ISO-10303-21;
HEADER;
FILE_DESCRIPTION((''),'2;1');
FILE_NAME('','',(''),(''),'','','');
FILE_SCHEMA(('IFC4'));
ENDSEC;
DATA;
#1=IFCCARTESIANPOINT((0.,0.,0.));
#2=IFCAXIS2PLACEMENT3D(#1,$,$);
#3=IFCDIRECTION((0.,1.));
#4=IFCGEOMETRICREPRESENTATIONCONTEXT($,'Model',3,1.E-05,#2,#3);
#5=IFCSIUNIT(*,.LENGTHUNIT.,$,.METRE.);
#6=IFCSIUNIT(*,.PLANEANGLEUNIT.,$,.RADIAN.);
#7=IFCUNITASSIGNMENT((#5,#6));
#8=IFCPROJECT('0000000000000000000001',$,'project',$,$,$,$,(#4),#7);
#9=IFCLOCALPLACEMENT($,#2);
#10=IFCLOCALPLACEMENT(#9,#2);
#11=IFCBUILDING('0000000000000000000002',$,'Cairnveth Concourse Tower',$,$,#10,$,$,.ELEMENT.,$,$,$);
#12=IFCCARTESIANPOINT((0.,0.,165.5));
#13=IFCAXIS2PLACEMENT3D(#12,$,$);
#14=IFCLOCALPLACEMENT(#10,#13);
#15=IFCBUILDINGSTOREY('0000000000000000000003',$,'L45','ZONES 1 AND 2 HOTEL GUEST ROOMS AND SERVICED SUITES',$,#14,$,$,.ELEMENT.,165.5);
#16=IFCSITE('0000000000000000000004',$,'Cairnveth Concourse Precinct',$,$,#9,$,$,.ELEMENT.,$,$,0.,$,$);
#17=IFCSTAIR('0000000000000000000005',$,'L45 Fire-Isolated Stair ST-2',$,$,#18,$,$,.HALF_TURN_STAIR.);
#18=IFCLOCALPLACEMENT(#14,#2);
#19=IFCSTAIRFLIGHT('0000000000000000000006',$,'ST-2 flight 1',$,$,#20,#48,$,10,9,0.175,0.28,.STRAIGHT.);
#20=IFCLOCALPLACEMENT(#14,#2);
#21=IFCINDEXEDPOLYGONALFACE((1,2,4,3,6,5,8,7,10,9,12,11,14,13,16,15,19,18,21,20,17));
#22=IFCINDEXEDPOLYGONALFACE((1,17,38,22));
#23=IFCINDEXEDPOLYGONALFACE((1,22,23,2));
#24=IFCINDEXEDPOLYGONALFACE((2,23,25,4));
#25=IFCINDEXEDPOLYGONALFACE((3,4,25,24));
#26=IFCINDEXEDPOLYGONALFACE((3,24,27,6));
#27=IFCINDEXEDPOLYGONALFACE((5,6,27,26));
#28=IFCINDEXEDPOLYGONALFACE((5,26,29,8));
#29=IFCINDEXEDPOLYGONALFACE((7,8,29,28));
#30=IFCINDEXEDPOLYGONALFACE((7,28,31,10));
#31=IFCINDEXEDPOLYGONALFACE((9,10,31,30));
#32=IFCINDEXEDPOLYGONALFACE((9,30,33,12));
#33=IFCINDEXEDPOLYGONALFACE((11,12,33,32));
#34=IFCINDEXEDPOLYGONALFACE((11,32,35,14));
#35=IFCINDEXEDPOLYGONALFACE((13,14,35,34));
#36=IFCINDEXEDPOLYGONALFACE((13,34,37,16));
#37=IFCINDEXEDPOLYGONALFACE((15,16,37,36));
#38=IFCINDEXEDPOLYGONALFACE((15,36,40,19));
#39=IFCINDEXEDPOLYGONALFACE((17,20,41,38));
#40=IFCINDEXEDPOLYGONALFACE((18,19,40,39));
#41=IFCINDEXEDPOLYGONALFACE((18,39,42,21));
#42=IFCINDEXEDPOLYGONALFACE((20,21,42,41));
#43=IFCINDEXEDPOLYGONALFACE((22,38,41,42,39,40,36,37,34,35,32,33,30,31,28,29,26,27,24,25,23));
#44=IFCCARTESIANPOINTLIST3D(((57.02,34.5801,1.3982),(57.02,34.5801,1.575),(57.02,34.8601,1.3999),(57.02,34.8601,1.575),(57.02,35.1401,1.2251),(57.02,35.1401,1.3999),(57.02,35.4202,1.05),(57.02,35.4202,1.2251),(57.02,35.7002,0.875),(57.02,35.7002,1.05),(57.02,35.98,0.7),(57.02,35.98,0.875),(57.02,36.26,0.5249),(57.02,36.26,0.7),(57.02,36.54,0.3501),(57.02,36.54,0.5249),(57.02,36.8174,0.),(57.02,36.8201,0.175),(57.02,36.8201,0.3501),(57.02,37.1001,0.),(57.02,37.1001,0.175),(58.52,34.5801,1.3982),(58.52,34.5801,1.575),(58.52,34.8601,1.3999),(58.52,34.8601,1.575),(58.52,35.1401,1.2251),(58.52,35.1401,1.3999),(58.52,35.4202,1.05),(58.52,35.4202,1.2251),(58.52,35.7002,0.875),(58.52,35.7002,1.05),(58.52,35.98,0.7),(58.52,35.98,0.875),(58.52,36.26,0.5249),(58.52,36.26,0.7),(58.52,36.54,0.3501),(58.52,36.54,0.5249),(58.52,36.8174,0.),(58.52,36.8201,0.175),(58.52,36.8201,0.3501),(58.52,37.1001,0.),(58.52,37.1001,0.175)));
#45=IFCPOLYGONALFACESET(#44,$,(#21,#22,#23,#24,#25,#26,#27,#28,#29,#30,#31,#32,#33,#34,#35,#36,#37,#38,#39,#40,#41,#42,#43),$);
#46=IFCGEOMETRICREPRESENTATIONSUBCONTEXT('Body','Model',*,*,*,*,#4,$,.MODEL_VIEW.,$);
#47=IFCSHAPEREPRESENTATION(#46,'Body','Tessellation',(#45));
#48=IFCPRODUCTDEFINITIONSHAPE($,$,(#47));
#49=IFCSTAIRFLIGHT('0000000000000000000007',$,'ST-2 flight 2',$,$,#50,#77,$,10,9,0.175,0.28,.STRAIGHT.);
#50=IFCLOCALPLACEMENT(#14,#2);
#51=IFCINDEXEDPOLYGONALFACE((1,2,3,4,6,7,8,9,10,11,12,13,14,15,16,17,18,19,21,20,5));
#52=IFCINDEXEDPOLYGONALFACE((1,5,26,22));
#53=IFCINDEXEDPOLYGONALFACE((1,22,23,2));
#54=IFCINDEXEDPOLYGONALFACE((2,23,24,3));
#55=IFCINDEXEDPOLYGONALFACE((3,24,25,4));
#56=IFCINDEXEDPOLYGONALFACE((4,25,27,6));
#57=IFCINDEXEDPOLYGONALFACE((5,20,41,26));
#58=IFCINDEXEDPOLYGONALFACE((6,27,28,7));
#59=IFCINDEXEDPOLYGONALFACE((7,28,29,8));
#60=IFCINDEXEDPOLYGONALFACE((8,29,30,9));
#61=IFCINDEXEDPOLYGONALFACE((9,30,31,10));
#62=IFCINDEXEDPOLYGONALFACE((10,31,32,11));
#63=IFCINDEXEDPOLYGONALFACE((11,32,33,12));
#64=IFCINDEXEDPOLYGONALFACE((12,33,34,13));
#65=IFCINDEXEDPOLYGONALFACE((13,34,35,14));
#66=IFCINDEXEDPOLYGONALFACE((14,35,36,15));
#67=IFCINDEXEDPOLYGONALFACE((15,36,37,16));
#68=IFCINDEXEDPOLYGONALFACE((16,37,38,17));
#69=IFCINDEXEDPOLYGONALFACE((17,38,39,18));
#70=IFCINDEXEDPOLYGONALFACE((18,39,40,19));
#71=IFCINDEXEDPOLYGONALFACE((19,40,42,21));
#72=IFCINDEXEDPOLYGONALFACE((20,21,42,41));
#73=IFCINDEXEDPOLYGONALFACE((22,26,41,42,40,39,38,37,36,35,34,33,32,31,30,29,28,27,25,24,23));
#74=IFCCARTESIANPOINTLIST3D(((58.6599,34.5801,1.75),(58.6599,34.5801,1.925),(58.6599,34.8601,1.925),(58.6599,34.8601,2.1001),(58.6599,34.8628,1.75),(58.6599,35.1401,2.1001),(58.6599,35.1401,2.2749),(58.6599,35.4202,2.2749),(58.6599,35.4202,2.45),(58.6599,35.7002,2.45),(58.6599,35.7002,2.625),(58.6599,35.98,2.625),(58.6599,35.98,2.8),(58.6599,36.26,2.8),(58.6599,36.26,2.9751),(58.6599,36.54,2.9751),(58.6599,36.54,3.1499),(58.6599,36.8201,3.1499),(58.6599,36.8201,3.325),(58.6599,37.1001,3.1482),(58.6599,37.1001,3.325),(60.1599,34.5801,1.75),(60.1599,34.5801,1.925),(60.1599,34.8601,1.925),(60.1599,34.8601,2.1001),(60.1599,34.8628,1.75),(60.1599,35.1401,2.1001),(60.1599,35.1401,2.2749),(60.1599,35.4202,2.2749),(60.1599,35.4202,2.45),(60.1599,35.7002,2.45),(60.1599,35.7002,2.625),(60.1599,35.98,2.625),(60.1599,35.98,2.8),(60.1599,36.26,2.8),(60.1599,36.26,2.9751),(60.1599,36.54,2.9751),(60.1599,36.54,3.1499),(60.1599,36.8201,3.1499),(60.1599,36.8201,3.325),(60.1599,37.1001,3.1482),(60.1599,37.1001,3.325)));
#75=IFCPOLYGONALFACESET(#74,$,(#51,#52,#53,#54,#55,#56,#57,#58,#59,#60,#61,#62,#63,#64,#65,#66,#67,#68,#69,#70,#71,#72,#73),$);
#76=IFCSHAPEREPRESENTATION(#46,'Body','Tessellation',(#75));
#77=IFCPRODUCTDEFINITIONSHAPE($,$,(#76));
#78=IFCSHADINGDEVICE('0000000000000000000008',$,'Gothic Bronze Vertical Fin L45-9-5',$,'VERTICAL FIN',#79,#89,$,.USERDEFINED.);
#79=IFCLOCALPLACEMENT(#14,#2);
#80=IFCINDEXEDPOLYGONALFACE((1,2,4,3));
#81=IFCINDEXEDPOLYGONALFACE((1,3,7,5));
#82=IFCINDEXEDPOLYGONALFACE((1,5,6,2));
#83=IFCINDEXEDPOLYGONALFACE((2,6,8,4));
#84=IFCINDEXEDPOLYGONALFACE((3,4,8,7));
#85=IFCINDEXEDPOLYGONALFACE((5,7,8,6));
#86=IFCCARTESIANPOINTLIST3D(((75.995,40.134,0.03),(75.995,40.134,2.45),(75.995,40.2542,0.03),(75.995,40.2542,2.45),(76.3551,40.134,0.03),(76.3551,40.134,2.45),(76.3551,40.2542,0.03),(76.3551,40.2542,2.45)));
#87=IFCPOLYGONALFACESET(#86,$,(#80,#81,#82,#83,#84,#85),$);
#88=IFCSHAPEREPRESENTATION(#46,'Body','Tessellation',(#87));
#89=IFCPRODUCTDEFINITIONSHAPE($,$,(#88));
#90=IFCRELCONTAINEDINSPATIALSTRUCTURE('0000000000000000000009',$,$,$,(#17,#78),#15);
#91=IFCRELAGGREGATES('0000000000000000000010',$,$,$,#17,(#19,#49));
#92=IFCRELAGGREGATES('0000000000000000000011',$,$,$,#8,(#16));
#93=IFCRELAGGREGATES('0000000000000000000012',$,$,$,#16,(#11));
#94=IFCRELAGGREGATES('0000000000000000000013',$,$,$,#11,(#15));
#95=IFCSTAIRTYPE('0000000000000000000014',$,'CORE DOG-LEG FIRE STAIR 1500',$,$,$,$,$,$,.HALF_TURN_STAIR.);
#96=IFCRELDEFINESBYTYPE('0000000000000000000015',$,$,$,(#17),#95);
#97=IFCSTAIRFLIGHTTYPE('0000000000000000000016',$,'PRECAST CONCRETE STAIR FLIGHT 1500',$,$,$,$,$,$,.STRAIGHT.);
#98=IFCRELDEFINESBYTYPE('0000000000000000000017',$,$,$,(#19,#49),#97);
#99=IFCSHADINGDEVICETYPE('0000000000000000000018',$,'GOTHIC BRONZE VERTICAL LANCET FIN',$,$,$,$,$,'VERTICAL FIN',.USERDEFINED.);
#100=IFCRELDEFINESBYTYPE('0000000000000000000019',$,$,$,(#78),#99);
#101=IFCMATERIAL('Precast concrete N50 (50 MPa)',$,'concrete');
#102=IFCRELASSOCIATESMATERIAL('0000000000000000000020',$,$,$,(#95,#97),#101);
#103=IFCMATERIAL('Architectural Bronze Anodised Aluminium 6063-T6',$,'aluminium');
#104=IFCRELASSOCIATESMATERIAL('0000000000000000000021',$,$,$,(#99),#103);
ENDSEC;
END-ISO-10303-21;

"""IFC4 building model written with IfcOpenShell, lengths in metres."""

from ifc_helpers import new_model, si_unit, direction, frame, origin, origin_2d, place, context, subcontext, project, spatial, polyline, rectangle, outline, extrude, material, type_object, element, aggregate, save


model = new_model("IFC4")

# Units and contexts
model_context = context("Model", 3, precision=1e-05, world=origin(), true_north=direction((0.0, 1.0)))
body_context = subcontext(model_context, "Body", "Model", "MODEL_VIEW")
ifc_project = project(units=[si_unit("LENGTHUNIT", "METRE"), si_unit("PLANEANGLEUNIT", "RADIAN")], contexts=[model_context])

# Site, building, storey
site_placement = place(None, origin())
site = spatial("IfcSite", under=ifc_project, at=site_placement, Name="Cairnveth Concourse Precinct", CompositionType="ELEMENT", RefElevation=0.0)
building_placement = place(site_placement, origin())
building = spatial("IfcBuilding", under=site, at=building_placement, Name="Cairnveth Concourse Tower", CompositionType="ELEMENT")
storey_placement = place(building_placement, frame((0.0, 0.0, 165.5)))
storey = spatial("IfcBuildingStorey", under=building, at=storey_placement, Name="L45", Description="ZONES 1 AND 2 HOTEL GUEST ROOMS AND SERVICED SUITES", CompositionType="ELEMENT", Elevation=165.5)

# Stair, stair flights
ifc_material_1 = material(Name="Precast concrete N50 (50 MPa)", Category="concrete")
stair_type = type_object("IfcStairType", Name="CORE DOG-LEG FIRE STAIR 1500", PredefinedType="HALF_TURN_STAIR", material=ifc_material_1)
stair_placement = place(storey_placement, origin())
stair = element("IfcStair", 1, at=stair_placement, inside=storey, type_object=stair_type, Name="L45 Fire-Isolated Stair ST-2", PredefinedType="HALF_TURN_STAIR")
stair_flight_type = type_object("IfcStairFlightType", Name="PRECAST CONCRETE STAIR FLIGHT 1500", PredefinedType="STRAIGHT", material=ifc_material_1)
stair_flight_1_placement = place(storey_placement, frame((57.77, 37.1001, 0.0), z_axis=(0.0, 0.0, 1.0), x_axis=(0.0, -1.0, 0.0)))
stair_flight_1 = element("IfcStairFlight", 2, at=stair_flight_1_placement, type_object=stair_flight_type, Name="ST-2 flight 1", NumberOfRisers=10, NumberOfTreads=9, PredefinedType="STRAIGHT", RiserHeight=0.175, TreadLength=0.28, context=body_context, shape_type="SweptSolid", body=[
    extrude(outline(polyline([(0.0, 0.0), (0.0, 0.175), (0.28, 0.175), (0.28, 0.3501), (0.5601, 0.3501), (0.5601, 0.5249), (0.8401, 0.5249), (0.8401, 0.7), (1.1201, 0.7), (1.1201, 0.875), (1.3999, 0.875), (1.3999, 1.05), (1.6799, 1.05), (1.6799, 1.2251), (1.96, 1.2251), (1.96, 1.3999), (2.24, 1.3999), (2.24, 1.575), (2.52, 1.575), (2.52, 1.75), (2.52, 1.3982), (0.2827, 0.0), (0.0, 0.0)])), frame((0.0, 0.75, 0.0), z_axis=(0.0, -1.0, 0.0), x_axis=(1.0, 0.0, 0.0)), (0.0, 0.0, 1.0), 1.5),
])
stair_flight_2_placement = place(storey_placement, frame((59.4099, 34.5801, 1.75), z_axis=(0.0, 0.0, 1.0), x_axis=(0.0, 1.0, 0.0)))
stair_flight_2 = element("IfcStairFlight", 3, at=stair_flight_2_placement, type_object=stair_flight_type, Name="ST-2 flight 2", NumberOfRisers=10, NumberOfTreads=9, PredefinedType="STRAIGHT", RiserHeight=0.175, TreadLength=0.28, context=body_context, shape_type="SweptSolid", body=[
    extrude(outline(polyline([(0.0, 0.0), (0.0, 0.175), (0.28, 0.175), (0.28, 0.3501), (0.5601, 0.3501), (0.5601, 0.5249), (0.8401, 0.5249), (0.8401, 0.7), (1.1201, 0.7), (1.1201, 0.875), (1.3999, 0.875), (1.3999, 1.05), (1.6799, 1.05), (1.6799, 1.2251), (1.96, 1.2251), (1.96, 1.3999), (2.24, 1.3999), (2.24, 1.575), (2.52, 1.575), (2.52, 1.75), (2.52, 1.3982), (0.2827, 0.0), (0.0, 0.0)])), frame((0.0, 0.75, 0.0), z_axis=(0.0, -1.0, 0.0), x_axis=(1.0, 0.0, 0.0)), (0.0, 0.0, 1.0), 1.5),
])
aggregate(stair, [stair_flight_1, stair_flight_2])

# Shading device
ifc_material_2 = material(Name="Architectural Bronze Anodised Aluminium 6063-T6", Category="aluminium")
shading_device_type = type_object("IfcShadingDeviceType", Name="GOTHIC BRONZE VERTICAL LANCET FIN", ElementType="VERTICAL FIN", PredefinedType="USERDEFINED", material=ifc_material_2)
shading_device_placement = place(storey_placement, frame((76.175, 40.1941, 0.03), z_axis=(0.0, 0.0, 1.0), x_axis=(0.0, 1.0, 0.0)))
element("IfcShadingDevice", 4, at=shading_device_placement, inside=storey, type_object=shading_device_type, Name="Gothic Bronze Vertical Fin L45-9-5", ObjectType="VERTICAL FIN", PredefinedType="USERDEFINED", context=body_context, shape_type="SweptSolid", body=[
    extrude(rectangle(XDim=0.1201, YDim=0.3601, at=origin_2d()), origin(), (0.0, 0.0, 1.0), 2.4199),
])

save(model, "model.ifc")
